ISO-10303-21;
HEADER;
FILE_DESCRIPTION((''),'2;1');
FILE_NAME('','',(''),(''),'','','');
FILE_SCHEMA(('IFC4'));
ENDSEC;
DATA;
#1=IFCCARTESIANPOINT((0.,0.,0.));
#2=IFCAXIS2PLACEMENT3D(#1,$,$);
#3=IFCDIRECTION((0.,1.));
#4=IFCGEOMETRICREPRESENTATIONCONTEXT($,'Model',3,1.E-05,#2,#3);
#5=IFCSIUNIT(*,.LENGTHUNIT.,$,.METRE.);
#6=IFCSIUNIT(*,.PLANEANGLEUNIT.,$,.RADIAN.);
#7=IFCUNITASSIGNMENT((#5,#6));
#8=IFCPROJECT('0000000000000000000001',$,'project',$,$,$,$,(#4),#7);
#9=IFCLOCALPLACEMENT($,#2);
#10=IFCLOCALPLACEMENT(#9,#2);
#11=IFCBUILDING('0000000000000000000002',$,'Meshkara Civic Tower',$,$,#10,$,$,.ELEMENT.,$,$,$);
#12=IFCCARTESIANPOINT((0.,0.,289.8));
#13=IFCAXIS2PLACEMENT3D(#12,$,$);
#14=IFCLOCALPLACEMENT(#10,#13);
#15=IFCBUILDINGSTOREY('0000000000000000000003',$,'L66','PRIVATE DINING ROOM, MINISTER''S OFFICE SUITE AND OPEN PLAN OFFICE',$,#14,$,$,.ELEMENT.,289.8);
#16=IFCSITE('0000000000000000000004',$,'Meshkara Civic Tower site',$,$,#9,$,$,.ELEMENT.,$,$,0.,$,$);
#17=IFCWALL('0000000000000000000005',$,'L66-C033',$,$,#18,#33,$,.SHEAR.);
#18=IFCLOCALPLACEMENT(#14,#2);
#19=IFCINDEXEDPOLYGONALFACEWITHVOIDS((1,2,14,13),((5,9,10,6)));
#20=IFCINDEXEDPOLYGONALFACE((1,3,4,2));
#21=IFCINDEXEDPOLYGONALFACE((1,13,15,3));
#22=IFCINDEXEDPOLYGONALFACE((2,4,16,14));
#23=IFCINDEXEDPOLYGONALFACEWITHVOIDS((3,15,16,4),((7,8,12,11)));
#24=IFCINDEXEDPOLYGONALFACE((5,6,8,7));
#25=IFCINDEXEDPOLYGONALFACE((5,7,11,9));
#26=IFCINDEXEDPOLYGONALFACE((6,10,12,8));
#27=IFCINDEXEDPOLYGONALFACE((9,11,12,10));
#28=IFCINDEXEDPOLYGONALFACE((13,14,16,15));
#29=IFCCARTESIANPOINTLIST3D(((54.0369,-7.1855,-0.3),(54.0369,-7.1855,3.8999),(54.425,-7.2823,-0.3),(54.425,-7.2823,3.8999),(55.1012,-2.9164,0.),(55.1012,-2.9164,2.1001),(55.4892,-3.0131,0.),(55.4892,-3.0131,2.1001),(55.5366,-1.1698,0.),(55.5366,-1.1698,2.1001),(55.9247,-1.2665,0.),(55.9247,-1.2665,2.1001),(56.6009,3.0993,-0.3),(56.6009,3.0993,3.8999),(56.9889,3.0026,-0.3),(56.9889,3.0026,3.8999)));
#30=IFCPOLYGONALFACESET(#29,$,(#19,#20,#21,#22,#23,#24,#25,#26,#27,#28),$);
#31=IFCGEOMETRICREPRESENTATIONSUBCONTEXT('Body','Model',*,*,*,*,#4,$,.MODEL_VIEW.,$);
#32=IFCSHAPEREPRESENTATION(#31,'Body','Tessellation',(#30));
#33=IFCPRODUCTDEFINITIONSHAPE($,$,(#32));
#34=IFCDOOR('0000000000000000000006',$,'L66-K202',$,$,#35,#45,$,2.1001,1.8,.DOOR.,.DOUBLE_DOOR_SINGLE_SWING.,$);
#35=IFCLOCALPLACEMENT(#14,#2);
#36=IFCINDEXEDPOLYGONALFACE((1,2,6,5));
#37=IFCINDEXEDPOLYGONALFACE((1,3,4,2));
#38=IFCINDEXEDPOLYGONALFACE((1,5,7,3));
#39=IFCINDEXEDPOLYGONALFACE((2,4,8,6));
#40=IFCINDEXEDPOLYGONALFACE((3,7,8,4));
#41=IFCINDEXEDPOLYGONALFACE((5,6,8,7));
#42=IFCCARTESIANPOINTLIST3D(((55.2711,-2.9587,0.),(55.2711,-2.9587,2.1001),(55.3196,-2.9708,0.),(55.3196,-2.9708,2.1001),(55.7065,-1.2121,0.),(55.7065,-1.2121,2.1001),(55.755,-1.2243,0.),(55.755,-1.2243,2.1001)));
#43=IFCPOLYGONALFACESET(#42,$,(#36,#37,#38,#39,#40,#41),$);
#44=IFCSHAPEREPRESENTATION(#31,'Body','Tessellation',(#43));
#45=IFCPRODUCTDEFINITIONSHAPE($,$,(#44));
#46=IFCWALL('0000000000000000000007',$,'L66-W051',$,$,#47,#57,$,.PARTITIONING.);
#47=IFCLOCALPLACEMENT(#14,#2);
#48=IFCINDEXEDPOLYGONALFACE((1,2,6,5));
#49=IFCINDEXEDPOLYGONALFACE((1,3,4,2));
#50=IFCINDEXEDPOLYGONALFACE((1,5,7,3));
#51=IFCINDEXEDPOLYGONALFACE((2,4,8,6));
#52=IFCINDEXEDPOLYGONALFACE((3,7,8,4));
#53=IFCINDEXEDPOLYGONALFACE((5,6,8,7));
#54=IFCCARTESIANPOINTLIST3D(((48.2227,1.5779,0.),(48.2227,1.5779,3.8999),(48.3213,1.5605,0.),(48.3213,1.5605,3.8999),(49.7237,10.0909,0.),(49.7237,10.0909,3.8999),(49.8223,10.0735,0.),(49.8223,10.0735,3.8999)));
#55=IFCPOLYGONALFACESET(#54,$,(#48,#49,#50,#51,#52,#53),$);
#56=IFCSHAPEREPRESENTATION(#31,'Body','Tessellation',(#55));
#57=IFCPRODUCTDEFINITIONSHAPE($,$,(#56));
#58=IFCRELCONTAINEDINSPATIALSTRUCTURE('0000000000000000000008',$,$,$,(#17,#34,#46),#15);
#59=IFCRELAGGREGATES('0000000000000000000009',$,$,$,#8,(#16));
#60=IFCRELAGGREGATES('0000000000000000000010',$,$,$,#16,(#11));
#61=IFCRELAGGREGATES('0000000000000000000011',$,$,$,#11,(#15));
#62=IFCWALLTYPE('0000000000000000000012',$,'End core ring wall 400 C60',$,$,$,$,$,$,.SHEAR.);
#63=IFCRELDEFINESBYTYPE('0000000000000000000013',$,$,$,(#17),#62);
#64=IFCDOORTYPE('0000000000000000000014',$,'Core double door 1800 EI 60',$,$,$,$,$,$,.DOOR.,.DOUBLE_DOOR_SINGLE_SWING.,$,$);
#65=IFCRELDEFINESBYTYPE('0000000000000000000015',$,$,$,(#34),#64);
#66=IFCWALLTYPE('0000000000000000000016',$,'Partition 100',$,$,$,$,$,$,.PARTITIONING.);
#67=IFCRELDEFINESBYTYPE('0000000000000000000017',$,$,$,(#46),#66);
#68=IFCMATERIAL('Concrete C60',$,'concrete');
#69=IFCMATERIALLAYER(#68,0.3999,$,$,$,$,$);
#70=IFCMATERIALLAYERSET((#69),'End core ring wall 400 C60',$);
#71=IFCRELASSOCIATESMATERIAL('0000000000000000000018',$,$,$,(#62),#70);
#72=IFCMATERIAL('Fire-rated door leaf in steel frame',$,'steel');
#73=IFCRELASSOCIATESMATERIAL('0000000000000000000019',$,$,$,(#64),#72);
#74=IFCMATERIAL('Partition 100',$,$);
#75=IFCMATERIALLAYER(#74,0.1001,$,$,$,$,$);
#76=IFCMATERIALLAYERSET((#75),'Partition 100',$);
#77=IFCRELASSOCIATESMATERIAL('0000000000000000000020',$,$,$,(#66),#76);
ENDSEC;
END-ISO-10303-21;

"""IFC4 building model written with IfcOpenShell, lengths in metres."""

from ifc_helpers import new_model, si_unit, direction, frame, frame_2d, origin, place, context, subcontext, project, spatial, rectangle, extrude, material, layer, layer_set, type_object, element, fill, save


model = new_model("IFC4")

# Units and contexts
model_context = context("Model", 3, precision=1e-05, world=origin(), true_north=direction((0.0, 1.0)))
body_context = subcontext(model_context, "Body", "Model", "MODEL_VIEW")
ifc_project = project(units=[si_unit("LENGTHUNIT", "METRE"), si_unit("PLANEANGLEUNIT", "RADIAN")], contexts=[model_context])

# Site, building, storey
site_placement = place(None, origin())
site = spatial("IfcSite", under=ifc_project, at=site_placement, Name="Meshkara Civic Tower site", CompositionType="ELEMENT", RefElevation=0.0)
building_placement = place(site_placement, origin())
building = spatial("IfcBuilding", under=site, at=building_placement, Name="Meshkara Civic Tower", CompositionType="ELEMENT")
storey_placement = place(building_placement, frame((0.0, 0.0, 289.8)))
storey = spatial("IfcBuildingStorey", under=building, at=storey_placement, Name="L66", Description="PRIVATE DINING ROOM, MINISTER'S OFFICE SUITE AND OPEN PLAN OFFICE", CompositionType="ELEMENT", Elevation=289.8)

# Shared definitions
ifc_material_1 = material(Name="Concrete C60", Category="concrete")
ifc_layer_1 = layer(ifc_material_1, 0.3999)
ifc_layer_set_1 = layer_set([ifc_layer_1], Name="End core ring wall 400 C60")
wall_type_1 = type_object("IfcWallType", Name="End core ring wall 400 C60", PredefinedType="SHEAR", material=ifc_layer_set_1)

# Wall, opening, door
wall_1_placement = place(storey_placement, frame((54.231, -7.2339, -0.3), z_axis=(0.0, 0.0, 1.0), x_axis=(0.241891, 0.970304, 0.0)))
wall_1 = element("IfcWall", 1, at=wall_1_placement, inside=storey, type_object=wall_type_1, Name="L66-C033", PredefinedType="SHEAR", context=body_context, shape_type="SweptSolid", body=[
    extrude(rectangle(XDim=10.5996, YDim=0.3999, at=frame_2d((5.2998, 0.0))), origin(), (0.0, 0.0, 1.0), 4.2),
])
opening_1_placement = place(wall_1_placement, frame((4.3999, 0.0, 0.3)))
opening_1 = element("IfcOpeningElement", 2, at=opening_1_placement, cuts=wall_1, PredefinedType="OPENING", context=body_context, shape_type="SweptSolid", body=[
    extrude(rectangle(XDim=1.8, YDim=2.1001, at=frame_2d((0.8999, 1.05))), frame((0.0, 0.21, 0.0), z_axis=(0.0, -1.0, 0.0), x_axis=(1.0, 0.0, 0.0)), (0.0, 0.0, 1.0), 0.4199),
])
ifc_material_2 = material(Name="Fire-rated door leaf in steel frame", Category="steel")
door_type_1 = type_object("IfcDoorType", Name="Core double door 1800 EI 60", OperationType="DOUBLE_DOOR_SINGLE_SWING", PredefinedType="DOOR", material=ifc_material_2)
door_1_placement = place(opening_1_placement, origin())
door_1 = element("IfcDoor", 3, at=door_1_placement, inside=storey, type_object=door_type_1, Name="L66-K202", OperationType="DOUBLE_DOOR_SINGLE_SWING", OverallHeight=2.1001, OverallWidth=1.8, PredefinedType="DOOR", context=body_context, shape_type="SweptSolid", body=[
    extrude(rectangle(XDim=1.8, YDim=2.1001, at=frame_2d((0.8999, 1.05))), frame((0.0, 0.0249, 0.0), z_axis=(0.0, -1.0, 0.0), x_axis=(1.0, 0.0, 0.0)), (0.0, 0.0, 1.0), 0.05),
])
fill(opening_1, door_1)

# Wall
ifc_material_3 = material(Name="Partition 100")
ifc_layer_2 = layer(ifc_material_3, 0.1001)
ifc_layer_set_2 = layer_set([ifc_layer_2], Name="Partition 100")
wall_type_2 = type_object("IfcWallType", Name="Partition 100", PredefinedType="PARTITIONING", material=ifc_layer_set_2)
wall_2_placement = place(storey_placement, frame((48.272, 1.5691, 0.0), z_axis=(0.0, 0.0, 1.0), x_axis=(0.173639, 0.984809, 0.0)))
element("IfcWall", 4, at=wall_2_placement, inside=storey, type_object=wall_type_2, Name="L66-W051", PredefinedType="PARTITIONING", context=body_context, shape_type="SweptSolid", body=[
    extrude(rectangle(XDim=8.6443, YDim=0.1001, at=frame_2d((4.3223, 0.0))), origin(), (0.0, 0.0, 1.0), 3.8999),
])

save(model, "model.ifc")
